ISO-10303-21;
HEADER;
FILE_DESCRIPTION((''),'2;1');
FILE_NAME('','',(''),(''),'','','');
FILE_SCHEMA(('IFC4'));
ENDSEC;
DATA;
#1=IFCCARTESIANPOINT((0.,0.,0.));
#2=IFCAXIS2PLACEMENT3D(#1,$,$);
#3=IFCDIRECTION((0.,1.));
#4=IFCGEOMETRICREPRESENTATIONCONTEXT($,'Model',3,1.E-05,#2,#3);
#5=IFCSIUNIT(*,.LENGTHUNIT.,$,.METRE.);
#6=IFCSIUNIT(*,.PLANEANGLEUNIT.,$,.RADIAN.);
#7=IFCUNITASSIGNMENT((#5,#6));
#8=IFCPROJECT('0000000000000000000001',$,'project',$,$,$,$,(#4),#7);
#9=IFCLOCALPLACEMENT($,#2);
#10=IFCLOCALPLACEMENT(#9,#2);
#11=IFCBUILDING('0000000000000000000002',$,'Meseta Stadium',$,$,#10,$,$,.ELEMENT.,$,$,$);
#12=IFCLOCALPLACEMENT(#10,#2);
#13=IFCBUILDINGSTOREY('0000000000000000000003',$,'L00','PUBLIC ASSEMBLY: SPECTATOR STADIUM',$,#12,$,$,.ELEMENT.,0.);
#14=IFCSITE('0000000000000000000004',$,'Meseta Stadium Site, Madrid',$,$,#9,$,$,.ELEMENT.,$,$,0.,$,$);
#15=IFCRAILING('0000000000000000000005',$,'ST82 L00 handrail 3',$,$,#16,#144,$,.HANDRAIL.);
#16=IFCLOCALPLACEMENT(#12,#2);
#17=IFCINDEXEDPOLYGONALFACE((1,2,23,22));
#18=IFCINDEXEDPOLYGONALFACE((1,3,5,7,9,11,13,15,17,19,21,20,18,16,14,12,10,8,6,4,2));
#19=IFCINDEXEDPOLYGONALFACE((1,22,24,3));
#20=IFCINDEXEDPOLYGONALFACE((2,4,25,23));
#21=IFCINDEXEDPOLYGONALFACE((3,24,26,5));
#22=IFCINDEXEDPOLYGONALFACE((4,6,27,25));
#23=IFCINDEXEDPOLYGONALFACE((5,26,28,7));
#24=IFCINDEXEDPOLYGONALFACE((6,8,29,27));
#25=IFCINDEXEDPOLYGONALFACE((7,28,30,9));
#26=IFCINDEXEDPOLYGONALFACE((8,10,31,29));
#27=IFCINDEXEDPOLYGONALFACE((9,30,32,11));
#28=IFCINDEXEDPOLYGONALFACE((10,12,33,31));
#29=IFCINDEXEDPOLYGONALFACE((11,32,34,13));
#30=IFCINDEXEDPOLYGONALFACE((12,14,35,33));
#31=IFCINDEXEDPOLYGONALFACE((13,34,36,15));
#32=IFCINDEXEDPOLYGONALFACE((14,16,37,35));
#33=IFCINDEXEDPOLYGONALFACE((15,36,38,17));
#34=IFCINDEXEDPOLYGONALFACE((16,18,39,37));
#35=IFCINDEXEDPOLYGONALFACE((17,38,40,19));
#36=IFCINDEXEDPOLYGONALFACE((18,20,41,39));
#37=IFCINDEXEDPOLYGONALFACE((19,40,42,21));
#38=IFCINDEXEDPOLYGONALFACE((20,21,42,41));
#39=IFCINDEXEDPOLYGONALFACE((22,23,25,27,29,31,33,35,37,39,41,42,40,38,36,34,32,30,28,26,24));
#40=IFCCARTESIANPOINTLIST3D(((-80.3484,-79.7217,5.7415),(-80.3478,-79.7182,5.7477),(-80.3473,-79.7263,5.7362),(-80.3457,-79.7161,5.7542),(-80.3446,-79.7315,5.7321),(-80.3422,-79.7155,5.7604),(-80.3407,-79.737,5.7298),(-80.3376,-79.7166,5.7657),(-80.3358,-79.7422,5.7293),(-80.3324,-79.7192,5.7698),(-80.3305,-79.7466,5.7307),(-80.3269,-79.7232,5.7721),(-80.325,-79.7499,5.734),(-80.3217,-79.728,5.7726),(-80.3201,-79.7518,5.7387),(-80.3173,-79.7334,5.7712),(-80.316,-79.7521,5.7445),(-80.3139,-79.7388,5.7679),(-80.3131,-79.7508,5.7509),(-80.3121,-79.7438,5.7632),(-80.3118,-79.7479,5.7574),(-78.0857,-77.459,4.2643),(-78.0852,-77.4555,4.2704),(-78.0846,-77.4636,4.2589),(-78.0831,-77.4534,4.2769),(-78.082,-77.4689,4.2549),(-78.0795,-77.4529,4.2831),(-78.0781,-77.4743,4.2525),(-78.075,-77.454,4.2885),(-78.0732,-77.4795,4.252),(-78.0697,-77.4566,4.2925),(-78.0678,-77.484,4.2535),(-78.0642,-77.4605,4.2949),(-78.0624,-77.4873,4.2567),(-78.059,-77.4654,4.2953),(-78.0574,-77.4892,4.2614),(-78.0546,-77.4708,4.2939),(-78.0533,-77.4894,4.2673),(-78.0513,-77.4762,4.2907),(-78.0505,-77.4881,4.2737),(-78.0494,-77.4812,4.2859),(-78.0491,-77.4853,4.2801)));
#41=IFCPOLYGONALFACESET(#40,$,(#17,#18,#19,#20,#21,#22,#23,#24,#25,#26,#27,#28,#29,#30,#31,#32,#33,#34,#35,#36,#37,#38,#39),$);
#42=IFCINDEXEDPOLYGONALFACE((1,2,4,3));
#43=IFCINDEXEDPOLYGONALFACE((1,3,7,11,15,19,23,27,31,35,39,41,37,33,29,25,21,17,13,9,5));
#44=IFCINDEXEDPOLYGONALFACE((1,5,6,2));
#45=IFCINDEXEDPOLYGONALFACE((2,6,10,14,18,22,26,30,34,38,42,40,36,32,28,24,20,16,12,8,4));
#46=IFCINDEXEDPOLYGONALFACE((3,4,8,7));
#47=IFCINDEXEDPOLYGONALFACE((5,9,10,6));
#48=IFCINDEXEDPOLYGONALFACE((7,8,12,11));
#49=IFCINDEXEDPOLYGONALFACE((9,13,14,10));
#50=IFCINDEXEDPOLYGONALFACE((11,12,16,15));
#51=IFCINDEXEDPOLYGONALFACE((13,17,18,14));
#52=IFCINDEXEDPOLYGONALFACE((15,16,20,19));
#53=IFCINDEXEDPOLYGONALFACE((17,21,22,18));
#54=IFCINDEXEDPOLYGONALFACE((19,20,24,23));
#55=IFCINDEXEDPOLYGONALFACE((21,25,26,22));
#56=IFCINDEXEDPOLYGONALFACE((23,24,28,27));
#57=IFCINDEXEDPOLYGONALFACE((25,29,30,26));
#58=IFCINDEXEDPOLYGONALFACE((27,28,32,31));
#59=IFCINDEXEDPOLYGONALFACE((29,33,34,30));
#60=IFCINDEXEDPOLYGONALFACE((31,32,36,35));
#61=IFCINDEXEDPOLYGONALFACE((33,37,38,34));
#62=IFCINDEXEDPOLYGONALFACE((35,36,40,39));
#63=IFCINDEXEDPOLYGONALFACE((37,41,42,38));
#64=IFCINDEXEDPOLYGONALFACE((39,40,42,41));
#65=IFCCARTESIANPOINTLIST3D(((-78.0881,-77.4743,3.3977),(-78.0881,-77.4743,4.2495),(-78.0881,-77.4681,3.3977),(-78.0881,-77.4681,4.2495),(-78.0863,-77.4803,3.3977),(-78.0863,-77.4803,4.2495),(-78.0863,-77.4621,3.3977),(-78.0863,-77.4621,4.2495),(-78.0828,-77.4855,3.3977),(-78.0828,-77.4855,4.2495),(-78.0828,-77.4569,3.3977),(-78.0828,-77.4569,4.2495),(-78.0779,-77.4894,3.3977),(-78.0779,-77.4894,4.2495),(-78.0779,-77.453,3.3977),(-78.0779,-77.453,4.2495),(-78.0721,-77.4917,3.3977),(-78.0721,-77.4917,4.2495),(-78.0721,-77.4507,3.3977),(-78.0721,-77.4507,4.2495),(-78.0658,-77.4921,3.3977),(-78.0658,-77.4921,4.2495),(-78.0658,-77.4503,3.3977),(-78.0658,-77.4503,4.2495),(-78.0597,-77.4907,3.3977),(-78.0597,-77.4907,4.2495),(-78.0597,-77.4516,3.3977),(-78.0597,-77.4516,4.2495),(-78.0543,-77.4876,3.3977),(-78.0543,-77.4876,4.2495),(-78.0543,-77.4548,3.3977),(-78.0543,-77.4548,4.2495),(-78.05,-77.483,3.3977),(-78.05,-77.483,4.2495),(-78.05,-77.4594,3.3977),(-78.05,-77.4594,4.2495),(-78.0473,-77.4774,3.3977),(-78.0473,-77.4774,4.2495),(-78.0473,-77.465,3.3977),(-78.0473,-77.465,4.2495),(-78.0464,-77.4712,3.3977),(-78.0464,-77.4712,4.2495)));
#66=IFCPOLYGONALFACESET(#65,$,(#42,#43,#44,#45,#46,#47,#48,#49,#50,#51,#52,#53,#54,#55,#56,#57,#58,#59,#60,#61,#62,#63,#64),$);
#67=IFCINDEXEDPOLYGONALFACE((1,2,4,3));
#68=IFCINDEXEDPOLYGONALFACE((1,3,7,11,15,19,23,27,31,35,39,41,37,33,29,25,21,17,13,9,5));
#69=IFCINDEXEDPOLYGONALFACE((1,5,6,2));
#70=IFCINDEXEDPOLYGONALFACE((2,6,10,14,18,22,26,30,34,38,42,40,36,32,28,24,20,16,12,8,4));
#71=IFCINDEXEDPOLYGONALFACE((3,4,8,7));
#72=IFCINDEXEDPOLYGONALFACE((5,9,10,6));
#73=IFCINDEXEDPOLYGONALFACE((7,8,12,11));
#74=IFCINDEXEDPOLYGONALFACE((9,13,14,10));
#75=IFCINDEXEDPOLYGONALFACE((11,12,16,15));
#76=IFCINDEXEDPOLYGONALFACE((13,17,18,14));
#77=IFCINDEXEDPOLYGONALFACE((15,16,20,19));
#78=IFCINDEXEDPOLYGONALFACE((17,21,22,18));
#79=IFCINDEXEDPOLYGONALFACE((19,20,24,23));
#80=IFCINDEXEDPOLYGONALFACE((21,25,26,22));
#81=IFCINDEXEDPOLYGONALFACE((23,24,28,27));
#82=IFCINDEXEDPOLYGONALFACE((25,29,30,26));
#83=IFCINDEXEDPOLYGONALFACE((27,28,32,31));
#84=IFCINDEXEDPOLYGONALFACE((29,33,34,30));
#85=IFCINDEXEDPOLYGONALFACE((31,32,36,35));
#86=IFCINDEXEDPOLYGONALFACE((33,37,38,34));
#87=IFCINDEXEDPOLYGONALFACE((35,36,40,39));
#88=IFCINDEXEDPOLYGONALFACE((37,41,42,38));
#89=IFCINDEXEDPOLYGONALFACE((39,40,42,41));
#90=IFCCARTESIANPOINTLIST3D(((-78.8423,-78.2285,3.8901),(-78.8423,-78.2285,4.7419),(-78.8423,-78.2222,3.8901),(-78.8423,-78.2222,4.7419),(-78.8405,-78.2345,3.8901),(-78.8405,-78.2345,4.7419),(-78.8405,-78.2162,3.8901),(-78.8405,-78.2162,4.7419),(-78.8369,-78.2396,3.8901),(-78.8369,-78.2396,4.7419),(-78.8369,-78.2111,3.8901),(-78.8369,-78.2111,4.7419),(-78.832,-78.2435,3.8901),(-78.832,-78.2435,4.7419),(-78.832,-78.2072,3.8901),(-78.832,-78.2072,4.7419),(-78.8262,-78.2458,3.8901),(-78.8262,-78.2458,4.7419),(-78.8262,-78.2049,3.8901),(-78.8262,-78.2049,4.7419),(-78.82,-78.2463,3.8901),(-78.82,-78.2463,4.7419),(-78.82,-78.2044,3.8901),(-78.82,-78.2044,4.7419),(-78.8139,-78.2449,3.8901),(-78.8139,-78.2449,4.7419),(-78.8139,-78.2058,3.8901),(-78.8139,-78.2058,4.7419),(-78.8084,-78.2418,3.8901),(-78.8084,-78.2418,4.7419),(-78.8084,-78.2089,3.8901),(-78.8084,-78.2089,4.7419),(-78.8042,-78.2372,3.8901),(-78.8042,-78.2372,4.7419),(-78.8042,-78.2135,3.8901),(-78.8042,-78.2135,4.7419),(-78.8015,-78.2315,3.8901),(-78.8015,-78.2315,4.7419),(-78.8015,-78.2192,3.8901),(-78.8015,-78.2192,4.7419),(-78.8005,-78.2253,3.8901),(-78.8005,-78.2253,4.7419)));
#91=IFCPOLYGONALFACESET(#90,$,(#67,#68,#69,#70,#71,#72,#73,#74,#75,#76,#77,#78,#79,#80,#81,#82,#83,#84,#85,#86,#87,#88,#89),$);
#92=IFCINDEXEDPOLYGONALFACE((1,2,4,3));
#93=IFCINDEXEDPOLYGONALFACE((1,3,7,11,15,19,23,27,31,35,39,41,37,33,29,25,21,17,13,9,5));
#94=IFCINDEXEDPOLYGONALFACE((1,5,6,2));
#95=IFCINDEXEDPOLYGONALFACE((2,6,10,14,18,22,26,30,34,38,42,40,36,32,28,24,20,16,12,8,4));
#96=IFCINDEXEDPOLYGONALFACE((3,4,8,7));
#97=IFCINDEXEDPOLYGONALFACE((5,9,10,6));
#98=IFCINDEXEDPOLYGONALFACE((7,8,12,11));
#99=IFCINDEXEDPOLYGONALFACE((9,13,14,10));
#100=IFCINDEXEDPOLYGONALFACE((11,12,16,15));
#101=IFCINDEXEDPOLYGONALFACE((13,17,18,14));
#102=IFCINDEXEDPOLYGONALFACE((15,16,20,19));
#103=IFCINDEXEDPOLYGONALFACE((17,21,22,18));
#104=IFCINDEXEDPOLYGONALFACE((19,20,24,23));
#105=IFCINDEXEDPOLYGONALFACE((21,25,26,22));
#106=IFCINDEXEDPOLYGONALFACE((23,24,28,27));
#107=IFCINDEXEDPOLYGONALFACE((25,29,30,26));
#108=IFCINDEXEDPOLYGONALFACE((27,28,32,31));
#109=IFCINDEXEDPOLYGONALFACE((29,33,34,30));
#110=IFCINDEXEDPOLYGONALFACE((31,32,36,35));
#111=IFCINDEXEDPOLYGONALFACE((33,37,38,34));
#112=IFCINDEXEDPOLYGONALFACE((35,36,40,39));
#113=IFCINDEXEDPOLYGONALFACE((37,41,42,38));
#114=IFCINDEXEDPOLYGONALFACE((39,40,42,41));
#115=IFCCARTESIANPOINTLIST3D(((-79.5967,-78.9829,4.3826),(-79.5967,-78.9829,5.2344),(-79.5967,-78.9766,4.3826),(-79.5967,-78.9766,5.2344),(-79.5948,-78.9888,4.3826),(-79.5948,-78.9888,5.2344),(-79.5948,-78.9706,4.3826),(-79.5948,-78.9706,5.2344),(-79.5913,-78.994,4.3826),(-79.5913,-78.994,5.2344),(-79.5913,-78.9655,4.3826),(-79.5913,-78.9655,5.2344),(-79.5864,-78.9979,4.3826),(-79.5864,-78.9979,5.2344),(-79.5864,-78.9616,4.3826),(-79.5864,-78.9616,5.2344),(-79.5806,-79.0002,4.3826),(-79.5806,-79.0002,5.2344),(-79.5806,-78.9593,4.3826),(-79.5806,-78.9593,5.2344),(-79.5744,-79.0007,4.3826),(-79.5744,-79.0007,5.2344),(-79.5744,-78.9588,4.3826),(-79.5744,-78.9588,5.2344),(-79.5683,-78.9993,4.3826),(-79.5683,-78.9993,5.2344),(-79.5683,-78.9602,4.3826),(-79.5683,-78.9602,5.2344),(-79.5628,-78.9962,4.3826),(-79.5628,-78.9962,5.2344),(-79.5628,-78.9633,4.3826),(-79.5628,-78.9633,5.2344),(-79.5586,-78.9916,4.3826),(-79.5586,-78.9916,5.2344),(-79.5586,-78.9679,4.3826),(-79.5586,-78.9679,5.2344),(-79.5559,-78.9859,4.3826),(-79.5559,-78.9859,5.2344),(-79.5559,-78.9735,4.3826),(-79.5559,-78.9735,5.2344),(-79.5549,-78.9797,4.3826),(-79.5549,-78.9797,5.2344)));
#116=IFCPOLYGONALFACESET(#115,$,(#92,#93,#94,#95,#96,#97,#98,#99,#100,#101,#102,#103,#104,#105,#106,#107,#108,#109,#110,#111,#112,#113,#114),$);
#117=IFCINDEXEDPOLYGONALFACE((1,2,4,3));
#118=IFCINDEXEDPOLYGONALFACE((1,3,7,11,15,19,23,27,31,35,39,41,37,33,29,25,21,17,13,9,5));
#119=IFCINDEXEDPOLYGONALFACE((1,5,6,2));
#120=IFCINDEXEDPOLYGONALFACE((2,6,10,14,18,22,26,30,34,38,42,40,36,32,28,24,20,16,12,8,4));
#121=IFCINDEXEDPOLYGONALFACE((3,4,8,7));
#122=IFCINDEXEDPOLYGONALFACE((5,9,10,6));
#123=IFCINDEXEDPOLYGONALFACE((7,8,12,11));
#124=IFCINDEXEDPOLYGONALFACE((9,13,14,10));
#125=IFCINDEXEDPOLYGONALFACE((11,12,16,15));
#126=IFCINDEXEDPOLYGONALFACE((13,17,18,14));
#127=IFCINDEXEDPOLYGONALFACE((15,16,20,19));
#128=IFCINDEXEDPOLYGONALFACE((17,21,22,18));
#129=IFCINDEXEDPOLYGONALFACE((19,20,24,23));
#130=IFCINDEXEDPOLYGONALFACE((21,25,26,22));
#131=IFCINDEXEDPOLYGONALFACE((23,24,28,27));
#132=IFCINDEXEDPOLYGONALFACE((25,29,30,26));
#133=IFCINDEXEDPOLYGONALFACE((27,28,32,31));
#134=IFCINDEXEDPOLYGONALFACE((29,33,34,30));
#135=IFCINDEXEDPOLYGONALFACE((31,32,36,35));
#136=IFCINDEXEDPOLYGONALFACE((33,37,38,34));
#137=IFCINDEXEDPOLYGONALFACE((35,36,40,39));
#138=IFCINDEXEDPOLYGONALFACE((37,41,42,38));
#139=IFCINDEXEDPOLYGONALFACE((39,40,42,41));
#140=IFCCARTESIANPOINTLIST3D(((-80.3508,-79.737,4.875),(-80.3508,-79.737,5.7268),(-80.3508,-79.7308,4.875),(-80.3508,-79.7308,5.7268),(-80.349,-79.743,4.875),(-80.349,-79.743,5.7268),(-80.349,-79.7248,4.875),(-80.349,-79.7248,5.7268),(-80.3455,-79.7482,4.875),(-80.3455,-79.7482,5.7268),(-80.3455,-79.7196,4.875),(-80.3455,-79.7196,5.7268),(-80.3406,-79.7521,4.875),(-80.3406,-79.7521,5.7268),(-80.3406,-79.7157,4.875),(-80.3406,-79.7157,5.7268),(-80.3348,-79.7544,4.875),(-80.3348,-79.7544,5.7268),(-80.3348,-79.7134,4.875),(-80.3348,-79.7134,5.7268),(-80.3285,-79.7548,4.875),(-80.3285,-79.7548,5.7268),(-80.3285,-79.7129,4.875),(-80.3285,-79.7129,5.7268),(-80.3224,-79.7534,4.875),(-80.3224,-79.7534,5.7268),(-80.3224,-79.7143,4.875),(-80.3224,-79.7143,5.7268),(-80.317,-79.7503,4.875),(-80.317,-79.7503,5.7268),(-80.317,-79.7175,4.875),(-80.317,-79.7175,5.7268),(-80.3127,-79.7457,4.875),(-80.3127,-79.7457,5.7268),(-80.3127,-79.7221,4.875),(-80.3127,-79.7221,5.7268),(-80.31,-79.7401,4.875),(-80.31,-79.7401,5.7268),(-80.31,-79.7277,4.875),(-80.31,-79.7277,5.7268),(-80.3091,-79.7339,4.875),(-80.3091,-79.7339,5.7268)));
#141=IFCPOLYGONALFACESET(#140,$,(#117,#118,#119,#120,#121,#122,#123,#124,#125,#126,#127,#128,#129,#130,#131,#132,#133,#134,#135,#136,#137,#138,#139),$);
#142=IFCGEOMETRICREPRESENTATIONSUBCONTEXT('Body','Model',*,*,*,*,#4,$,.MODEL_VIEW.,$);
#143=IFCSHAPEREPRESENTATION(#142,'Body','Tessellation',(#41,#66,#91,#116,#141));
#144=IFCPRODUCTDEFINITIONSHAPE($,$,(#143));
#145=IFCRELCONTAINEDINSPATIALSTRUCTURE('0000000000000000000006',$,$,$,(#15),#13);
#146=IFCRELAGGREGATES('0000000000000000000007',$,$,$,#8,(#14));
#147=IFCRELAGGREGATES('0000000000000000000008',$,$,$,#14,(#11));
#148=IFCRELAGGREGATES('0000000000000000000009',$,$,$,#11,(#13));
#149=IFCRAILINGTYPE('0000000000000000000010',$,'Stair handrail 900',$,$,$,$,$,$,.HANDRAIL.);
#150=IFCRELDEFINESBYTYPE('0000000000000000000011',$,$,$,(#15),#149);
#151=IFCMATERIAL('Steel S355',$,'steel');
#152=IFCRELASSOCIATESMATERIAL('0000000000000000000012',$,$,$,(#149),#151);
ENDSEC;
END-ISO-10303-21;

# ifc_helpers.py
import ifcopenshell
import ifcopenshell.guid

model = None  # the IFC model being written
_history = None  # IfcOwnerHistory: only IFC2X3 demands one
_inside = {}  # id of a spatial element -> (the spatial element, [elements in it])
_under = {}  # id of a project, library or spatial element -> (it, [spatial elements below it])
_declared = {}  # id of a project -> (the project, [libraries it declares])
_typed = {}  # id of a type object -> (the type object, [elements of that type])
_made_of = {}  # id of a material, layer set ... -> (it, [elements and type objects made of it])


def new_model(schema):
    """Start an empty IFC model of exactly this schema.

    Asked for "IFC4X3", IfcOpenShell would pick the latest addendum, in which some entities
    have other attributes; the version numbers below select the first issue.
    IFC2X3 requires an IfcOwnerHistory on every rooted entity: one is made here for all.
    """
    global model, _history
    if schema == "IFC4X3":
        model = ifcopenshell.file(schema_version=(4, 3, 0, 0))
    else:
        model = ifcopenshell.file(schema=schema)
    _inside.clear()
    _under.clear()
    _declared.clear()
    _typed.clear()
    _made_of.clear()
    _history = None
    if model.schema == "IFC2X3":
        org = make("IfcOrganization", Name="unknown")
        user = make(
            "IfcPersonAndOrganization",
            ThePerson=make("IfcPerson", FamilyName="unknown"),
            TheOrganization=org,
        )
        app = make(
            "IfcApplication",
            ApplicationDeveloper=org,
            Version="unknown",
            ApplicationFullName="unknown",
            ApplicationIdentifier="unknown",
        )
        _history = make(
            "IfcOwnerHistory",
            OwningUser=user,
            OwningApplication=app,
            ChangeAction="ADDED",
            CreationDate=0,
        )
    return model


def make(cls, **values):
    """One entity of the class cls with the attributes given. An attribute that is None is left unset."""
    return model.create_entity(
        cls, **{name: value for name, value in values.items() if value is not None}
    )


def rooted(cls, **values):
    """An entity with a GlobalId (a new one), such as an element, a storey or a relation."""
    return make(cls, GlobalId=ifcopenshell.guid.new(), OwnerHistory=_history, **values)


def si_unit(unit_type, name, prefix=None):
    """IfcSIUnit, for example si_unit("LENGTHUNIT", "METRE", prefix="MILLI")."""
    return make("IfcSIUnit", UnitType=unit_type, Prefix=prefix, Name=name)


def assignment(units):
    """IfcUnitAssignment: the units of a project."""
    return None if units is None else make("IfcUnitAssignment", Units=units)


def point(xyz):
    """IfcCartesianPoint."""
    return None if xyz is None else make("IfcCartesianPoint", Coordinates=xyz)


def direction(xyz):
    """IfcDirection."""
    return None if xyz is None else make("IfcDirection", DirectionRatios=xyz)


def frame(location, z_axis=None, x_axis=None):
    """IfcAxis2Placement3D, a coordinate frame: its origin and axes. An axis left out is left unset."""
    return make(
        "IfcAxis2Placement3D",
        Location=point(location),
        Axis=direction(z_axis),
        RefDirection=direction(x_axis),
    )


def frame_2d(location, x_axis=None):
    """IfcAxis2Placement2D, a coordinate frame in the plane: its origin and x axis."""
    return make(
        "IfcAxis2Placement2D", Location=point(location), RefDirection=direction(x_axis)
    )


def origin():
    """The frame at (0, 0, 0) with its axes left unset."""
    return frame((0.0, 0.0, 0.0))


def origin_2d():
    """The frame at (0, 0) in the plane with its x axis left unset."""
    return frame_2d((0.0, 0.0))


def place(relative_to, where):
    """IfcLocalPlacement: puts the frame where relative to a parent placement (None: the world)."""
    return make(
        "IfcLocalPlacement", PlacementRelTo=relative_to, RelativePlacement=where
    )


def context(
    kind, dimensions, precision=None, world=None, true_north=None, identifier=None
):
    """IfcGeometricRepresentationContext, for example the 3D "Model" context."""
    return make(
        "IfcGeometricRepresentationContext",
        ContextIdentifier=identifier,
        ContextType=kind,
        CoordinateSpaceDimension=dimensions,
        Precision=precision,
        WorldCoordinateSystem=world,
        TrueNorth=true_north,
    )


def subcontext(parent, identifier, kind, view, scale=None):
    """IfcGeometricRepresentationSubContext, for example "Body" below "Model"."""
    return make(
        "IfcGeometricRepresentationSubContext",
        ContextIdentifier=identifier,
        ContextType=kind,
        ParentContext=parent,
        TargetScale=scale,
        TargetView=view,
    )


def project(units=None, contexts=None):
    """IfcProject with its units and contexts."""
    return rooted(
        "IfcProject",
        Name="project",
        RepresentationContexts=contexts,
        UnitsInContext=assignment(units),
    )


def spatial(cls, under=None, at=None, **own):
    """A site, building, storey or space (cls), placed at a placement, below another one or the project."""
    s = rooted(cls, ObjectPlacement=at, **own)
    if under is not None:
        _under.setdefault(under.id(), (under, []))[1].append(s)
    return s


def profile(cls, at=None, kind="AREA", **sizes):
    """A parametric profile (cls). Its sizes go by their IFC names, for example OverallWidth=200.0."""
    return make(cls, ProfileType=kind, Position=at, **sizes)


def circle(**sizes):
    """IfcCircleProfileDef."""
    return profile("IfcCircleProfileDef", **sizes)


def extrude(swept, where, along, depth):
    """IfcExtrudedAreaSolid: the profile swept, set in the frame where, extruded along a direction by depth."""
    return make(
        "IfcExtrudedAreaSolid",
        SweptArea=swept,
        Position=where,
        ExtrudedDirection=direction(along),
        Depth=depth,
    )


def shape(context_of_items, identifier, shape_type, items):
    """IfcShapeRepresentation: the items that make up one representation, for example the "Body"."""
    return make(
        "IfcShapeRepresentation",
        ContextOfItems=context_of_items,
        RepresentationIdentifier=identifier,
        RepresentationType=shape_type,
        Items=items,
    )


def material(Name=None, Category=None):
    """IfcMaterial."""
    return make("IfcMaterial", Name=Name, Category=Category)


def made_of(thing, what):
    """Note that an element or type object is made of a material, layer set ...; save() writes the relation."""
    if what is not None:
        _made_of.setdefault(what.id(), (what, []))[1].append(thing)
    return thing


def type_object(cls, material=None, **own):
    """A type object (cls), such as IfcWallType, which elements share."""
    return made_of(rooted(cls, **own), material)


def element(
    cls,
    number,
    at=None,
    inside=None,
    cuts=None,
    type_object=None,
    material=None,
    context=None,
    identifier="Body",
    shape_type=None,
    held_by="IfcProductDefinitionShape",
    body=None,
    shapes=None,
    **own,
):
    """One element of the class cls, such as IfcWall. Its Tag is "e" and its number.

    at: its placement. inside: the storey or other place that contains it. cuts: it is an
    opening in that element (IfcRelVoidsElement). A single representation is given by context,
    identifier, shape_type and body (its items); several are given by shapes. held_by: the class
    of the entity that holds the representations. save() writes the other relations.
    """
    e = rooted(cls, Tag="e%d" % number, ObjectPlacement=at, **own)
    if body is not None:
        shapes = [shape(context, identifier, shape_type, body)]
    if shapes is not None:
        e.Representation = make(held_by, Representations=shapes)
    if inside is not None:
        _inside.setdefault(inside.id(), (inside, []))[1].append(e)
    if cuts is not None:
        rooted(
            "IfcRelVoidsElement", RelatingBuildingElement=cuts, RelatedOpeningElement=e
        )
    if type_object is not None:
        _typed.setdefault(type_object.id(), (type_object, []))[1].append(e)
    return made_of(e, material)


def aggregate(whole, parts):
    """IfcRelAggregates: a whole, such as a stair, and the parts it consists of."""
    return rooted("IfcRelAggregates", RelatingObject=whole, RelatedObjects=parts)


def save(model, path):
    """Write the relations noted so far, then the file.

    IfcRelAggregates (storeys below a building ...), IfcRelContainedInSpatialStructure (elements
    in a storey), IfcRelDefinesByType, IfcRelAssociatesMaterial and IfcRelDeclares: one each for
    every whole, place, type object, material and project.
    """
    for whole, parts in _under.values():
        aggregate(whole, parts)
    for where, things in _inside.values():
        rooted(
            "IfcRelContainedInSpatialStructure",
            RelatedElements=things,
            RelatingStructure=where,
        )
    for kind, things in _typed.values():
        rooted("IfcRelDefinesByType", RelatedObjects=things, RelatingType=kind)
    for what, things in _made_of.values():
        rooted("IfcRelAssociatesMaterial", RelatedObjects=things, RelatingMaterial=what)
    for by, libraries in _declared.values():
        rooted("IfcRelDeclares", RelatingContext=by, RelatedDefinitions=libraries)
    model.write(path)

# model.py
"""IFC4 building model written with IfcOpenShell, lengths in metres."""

from ifc_helpers import new_model, si_unit, direction, frame, origin, origin_2d, place, context, subcontext, project, spatial, circle, extrude, material, type_object, element, save


model = new_model("IFC4")

# Units and contexts
model_context = context("Model", 3, precision=1e-05, world=origin(), true_north=direction((0.0, 1.0)))
body_context = subcontext(model_context, "Body", "Model", "MODEL_VIEW")
ifc_project = project(units=[si_unit("LENGTHUNIT", "METRE"), si_unit("PLANEANGLEUNIT", "RADIAN")], contexts=[model_context])

# Site, building, storey
site_placement = place(None, origin())
site = spatial("IfcSite", under=ifc_project, at=site_placement, Name="Meseta Stadium Site, Madrid", CompositionType="ELEMENT", RefElevation=0.0)
building_placement = place(site_placement, origin())
building = spatial("IfcBuilding", under=site, at=building_placement, Name="Meseta Stadium", CompositionType="ELEMENT")
storey_placement = place(building_placement, origin())
storey = spatial("IfcBuildingStorey", under=building, at=storey_placement, Name="L00", Description="PUBLIC ASSEMBLY: SPECTATOR STADIUM", CompositionType="ELEMENT", Elevation=0.0)

# Railing
ifc_material_1 = material(Name="Steel S355", Category="steel")
railing_type_1 = type_object("IfcRailingType", Name="Stair handrail 900", PredefinedType="HANDRAIL", material=ifc_material_1)
for number, where, name in (
    (1, (-78.0674, -77.4712, 3.3977), "ST82 L00 handrail 3"),
):
    element("IfcRailing", number, at=place(storey_placement, frame(where)), inside=storey, type_object=railing_type_1, Name=name, PredefinedType="HANDRAIL", context=body_context, shape_type="SweptSolid", body=[
        extrude(circle(Radius=0.0239, at=origin_2d()), frame((0.0, 0.0, 0.876), z_axis=(-0.641994, -0.641994, 0.419152), x_axis=(0.707107, -0.707107, 0.0)), (0.0, 0.0, 1.0), 3.5244),
        extrude(circle(Radius=0.021, at=origin_2d()), origin(), (0.0, 0.0, 1.0), 0.8518),
        extrude(circle(Radius=0.021, at=origin_2d()), frame((-0.7542, -0.7542, 0.4924)), (0.0, 0.0, 1.0), 0.8518),
        extrude(circle(Radius=0.021, at=origin_2d()), frame((-1.5085, -1.5085, 0.9849)), (0.0, 0.0, 1.0), 0.8518),
        extrude(circle(Radius=0.021, at=origin_2d()), frame((-2.2627, -2.2627, 1.4773)), (0.0, 0.0, 1.0), 0.8518),
    ])

save(model, "model.ifc")
